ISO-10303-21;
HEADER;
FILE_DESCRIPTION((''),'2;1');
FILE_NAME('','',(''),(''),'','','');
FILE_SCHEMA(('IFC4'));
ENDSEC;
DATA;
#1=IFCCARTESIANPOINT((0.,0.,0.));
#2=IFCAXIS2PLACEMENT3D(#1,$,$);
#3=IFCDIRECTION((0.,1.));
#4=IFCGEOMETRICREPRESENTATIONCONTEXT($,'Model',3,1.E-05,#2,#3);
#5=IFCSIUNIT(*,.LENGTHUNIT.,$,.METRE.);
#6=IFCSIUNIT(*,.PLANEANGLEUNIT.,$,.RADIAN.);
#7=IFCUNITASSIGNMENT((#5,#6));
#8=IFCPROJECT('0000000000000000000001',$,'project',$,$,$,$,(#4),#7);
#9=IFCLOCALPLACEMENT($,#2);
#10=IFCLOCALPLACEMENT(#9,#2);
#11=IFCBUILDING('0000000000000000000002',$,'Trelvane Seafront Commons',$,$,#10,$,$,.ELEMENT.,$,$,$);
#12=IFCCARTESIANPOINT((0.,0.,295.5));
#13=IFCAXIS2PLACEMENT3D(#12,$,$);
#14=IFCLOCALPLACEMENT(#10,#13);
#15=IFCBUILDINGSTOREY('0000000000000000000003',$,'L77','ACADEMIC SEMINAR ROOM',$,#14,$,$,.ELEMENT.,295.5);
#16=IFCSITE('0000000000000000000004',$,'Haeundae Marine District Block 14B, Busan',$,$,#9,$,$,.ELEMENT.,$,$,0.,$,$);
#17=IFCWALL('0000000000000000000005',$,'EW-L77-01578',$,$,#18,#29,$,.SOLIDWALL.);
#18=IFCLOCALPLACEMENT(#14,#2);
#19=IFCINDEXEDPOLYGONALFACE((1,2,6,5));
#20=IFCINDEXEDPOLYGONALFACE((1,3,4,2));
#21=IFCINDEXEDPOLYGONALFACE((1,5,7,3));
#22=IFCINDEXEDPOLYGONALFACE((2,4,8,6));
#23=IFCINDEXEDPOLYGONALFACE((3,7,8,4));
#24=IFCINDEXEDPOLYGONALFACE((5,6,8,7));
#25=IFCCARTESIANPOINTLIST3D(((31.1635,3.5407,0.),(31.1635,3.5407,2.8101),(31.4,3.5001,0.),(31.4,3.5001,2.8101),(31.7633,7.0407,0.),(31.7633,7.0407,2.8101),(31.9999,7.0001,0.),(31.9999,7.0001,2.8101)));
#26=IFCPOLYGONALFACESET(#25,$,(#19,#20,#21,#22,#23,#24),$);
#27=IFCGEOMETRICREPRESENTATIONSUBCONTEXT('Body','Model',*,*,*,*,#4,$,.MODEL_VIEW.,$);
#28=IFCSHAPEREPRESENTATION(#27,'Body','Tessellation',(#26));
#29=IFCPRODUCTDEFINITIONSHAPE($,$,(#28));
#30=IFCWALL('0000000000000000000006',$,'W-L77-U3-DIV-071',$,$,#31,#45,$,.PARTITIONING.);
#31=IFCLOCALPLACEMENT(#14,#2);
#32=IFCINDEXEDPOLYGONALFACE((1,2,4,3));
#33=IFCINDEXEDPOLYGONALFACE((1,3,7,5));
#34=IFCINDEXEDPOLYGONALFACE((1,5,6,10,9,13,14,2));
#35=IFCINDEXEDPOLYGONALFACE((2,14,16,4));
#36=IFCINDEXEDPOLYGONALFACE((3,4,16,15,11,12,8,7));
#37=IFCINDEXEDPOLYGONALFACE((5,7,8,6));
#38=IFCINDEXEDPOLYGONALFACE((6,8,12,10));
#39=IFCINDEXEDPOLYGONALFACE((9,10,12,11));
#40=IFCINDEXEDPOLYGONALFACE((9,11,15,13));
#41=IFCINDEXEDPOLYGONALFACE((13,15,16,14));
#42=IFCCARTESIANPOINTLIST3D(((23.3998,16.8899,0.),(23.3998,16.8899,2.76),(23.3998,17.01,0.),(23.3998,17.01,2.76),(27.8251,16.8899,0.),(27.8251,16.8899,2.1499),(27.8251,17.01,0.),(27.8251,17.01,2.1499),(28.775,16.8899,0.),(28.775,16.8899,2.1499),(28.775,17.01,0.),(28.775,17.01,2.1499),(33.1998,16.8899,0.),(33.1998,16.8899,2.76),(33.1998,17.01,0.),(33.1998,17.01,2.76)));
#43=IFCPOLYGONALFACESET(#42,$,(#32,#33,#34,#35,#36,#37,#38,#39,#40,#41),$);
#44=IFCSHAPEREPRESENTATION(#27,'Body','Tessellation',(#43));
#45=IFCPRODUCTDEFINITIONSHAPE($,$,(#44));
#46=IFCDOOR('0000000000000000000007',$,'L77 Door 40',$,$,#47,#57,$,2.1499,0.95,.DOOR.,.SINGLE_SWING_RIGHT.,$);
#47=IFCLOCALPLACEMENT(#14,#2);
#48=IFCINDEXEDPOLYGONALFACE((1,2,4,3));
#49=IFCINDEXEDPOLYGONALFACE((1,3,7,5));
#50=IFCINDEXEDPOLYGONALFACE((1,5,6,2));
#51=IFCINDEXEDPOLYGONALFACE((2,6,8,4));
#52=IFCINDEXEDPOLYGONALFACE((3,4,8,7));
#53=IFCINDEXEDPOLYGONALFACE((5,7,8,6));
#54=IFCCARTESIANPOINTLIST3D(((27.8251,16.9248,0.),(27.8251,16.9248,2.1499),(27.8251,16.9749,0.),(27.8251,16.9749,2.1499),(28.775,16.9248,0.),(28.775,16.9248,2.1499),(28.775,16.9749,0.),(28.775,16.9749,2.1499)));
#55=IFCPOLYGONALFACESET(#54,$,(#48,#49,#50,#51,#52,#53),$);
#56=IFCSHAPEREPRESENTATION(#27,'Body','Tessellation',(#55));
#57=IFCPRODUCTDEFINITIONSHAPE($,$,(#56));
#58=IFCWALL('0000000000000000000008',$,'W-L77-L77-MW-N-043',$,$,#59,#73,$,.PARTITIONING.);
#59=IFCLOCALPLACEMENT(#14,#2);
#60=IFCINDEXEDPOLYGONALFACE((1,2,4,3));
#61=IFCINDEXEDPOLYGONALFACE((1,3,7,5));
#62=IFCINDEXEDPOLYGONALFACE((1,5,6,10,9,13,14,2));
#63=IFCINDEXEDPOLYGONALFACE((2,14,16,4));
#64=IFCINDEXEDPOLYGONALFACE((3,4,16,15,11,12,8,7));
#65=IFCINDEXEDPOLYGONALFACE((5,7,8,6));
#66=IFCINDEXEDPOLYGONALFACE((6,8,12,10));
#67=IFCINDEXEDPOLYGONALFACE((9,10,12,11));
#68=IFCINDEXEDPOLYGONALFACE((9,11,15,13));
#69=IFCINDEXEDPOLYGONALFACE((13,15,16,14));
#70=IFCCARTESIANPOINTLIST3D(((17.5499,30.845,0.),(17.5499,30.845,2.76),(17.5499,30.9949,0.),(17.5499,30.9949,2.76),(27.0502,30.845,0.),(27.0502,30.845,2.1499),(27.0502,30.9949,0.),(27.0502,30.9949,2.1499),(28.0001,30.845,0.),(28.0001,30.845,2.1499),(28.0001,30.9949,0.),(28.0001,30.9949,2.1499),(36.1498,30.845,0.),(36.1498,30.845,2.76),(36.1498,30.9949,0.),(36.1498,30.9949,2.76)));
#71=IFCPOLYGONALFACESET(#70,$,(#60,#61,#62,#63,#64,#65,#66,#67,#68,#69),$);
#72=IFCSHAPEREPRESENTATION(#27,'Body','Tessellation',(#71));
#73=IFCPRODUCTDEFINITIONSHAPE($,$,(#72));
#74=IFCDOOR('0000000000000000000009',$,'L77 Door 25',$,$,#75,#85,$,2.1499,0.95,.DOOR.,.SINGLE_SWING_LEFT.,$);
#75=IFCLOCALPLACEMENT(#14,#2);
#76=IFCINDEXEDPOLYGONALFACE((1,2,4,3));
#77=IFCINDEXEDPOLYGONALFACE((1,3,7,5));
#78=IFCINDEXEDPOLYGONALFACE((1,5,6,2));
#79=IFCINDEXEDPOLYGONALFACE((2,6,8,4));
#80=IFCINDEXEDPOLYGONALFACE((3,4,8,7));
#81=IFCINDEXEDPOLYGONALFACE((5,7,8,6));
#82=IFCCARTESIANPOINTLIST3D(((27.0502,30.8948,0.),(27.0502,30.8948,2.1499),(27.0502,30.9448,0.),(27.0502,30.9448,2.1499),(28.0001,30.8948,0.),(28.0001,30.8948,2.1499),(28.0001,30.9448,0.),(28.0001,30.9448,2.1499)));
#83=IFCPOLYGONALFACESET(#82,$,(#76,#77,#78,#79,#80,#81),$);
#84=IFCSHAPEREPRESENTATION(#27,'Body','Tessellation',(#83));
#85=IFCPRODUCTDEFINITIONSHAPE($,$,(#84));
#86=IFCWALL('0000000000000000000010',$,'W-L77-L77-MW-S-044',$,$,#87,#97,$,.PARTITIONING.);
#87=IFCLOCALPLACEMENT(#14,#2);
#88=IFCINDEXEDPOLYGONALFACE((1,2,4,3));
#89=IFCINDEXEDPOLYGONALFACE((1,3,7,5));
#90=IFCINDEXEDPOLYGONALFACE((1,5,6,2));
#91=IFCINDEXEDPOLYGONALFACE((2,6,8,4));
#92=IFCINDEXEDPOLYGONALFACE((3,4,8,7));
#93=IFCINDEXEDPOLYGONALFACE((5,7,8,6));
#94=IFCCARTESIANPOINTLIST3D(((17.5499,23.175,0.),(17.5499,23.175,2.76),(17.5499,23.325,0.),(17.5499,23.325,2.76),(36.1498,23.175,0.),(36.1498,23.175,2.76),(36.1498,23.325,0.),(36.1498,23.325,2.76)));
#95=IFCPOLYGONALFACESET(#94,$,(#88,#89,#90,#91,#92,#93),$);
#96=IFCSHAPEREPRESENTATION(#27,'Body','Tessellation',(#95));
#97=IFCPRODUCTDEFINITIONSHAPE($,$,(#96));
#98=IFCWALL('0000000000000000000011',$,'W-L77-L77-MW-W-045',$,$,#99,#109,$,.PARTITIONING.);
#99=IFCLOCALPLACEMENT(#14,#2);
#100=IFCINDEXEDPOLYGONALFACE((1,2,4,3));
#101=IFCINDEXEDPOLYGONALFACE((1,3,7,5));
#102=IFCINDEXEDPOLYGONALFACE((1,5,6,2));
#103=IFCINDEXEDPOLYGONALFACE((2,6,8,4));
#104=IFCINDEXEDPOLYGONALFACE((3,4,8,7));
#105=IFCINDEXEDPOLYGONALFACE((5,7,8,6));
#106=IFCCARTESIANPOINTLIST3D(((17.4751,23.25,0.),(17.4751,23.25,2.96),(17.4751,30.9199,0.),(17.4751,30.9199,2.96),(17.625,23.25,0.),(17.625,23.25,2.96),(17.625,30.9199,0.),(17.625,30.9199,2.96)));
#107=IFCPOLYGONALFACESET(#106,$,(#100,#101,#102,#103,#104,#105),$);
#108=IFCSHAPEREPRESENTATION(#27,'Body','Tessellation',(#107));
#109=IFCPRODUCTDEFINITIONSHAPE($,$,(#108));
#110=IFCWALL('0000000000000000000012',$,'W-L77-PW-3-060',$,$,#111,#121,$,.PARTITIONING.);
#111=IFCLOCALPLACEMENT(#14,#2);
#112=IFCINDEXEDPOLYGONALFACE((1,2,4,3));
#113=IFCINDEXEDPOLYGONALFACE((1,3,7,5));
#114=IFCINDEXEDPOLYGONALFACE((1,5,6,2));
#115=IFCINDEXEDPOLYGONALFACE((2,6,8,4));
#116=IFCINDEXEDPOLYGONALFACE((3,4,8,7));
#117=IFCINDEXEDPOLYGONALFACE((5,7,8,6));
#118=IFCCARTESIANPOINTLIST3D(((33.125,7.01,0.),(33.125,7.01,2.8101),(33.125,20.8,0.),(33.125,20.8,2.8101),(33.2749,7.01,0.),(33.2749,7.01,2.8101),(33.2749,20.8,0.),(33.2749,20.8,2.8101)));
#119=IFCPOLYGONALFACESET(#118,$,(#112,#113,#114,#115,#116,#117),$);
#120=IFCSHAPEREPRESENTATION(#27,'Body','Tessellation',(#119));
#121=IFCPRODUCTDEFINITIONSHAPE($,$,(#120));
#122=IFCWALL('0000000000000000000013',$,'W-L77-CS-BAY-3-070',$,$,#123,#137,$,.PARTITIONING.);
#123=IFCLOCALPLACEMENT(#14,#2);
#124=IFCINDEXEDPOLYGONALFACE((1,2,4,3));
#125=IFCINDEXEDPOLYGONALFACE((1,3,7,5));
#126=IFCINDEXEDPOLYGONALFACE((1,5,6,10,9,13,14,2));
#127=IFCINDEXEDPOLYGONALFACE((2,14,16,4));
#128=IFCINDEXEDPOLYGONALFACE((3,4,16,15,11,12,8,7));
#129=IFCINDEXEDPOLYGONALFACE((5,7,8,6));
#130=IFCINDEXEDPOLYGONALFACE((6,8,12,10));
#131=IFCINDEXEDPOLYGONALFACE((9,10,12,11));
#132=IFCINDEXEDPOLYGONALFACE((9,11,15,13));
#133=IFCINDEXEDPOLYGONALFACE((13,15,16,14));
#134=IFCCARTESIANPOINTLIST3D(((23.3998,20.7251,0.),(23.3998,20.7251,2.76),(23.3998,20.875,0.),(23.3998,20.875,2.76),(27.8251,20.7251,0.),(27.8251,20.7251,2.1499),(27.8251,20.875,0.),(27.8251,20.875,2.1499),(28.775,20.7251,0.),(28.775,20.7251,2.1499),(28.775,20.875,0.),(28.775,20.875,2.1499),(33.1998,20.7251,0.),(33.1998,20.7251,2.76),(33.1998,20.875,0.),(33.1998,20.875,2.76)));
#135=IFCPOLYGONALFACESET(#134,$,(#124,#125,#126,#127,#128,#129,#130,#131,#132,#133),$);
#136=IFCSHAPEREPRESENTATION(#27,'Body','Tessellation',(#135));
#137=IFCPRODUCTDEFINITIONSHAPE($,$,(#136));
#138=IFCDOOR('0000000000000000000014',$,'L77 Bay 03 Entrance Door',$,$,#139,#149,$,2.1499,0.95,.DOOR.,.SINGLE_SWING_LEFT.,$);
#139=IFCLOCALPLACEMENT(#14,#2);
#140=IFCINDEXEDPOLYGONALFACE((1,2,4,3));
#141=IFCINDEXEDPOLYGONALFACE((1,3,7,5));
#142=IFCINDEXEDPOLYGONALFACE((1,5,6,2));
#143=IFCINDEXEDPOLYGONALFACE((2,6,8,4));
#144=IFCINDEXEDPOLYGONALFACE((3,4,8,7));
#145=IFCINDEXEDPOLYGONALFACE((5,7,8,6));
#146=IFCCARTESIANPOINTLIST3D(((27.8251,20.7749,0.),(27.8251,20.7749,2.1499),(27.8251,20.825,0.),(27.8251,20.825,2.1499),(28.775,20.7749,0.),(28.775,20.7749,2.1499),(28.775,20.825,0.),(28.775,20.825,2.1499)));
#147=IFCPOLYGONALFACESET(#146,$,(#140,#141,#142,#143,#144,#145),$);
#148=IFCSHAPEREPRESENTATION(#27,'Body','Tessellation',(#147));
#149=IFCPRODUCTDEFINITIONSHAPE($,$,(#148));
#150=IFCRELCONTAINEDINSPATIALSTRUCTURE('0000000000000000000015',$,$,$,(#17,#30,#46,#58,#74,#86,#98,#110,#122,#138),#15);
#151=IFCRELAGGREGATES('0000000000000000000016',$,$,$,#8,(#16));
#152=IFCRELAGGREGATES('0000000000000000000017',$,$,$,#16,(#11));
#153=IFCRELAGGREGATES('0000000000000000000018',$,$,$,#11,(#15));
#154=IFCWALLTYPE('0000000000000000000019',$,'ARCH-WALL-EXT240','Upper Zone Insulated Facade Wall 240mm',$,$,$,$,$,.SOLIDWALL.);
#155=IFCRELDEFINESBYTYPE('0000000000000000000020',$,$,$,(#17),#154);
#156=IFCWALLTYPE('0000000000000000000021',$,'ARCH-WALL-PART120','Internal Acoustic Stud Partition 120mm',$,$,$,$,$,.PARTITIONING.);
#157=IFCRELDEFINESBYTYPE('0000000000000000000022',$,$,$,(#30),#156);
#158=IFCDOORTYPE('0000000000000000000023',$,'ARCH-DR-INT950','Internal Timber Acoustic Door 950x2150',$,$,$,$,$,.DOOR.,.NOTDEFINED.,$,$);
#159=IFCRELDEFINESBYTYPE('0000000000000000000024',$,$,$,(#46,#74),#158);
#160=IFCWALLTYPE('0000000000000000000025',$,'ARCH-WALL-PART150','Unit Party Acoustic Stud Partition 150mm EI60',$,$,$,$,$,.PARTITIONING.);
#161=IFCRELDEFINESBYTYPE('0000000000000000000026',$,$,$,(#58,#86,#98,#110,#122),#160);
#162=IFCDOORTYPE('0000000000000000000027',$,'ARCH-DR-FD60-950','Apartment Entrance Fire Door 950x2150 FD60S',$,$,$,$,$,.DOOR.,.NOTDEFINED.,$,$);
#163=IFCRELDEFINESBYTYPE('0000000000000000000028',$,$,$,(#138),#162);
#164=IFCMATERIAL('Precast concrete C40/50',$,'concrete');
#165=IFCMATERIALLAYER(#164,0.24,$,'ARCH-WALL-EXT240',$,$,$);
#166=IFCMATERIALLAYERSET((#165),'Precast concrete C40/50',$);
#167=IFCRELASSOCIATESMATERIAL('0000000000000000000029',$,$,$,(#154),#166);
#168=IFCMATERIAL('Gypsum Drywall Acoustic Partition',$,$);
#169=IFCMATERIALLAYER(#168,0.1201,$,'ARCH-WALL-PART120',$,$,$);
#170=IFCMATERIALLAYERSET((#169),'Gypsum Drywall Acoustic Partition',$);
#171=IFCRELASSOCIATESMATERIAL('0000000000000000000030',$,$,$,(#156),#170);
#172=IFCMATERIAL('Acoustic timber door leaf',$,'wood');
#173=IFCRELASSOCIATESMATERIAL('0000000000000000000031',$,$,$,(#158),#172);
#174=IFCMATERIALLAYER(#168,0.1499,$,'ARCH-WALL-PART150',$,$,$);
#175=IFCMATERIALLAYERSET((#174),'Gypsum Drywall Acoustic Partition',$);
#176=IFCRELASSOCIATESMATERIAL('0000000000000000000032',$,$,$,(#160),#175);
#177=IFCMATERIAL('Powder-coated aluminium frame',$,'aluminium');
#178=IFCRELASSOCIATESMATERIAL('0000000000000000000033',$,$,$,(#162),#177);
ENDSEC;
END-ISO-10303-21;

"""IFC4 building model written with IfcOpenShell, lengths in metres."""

from ifc_helpers import new_model, si_unit, direction, frame, frame_2d, origin, place, context, subcontext, project, spatial, rectangle, extrude, source, transform, mapped, material, layer, layer_set, type_object, element, fill, save


model = new_model("IFC4")

# Units and contexts
model_context = context("Model", 3, precision=1e-05, world=origin(), true_north=direction((0.0, 1.0)))
body_context = subcontext(model_context, "Body", "Model", "MODEL_VIEW")
ifc_project = project(units=[si_unit("LENGTHUNIT", "METRE"), si_unit("PLANEANGLEUNIT", "RADIAN")], contexts=[model_context])

# Site, building, storey
site_placement = place(None, origin())
site = spatial("IfcSite", under=ifc_project, at=site_placement, Name="Haeundae Marine District Block 14B, Busan", CompositionType="ELEMENT", RefElevation=0.0)
building_placement = place(site_placement, origin())
building = spatial("IfcBuilding", under=site, at=building_placement, Name="Trelvane Seafront Commons", CompositionType="ELEMENT")
storey_placement = place(building_placement, frame((0.0, 0.0, 295.5)))
storey = spatial("IfcBuildingStorey", under=building, at=storey_placement, Name="L77", Description="ACADEMIC SEMINAR ROOM", CompositionType="ELEMENT", Elevation=295.5)

# Wall
ifc_material_1 = material(Name="Precast concrete C40/50", Category="concrete")
ifc_layer_1 = layer(ifc_material_1, 0.24, Name="ARCH-WALL-EXT240")
ifc_layer_set_1 = layer_set([ifc_layer_1], Name="Precast concrete C40/50")
wall_type_1 = type_object("IfcWallType", Name="ARCH-WALL-EXT240", Description="Upper Zone Insulated Facade Wall 240mm", PredefinedType="SOLIDWALL", material=ifc_layer_set_1)
wall_1_placement = place(storey_placement, frame((31.8816, 7.0203, 0.0), z_axis=(0.0, 0.0, 1.0), x_axis=(-0.168924, -0.985629, 0.0)))
element("IfcWall", 1, at=wall_1_placement, inside=storey, type_object=wall_type_1, Name="EW-L77-01578", PredefinedType="SOLIDWALL", context=body_context, shape_type="SweptSolid", body=[
    extrude(rectangle(XDim=3.551, YDim=0.24, at=frame_2d((1.7754, 0.0))), origin(), (0.0, 0.0, 1.0), 2.8101),
])

# Walls, openings, doors
ifc_material_2 = material(Name="Gypsum Drywall Acoustic Partition")
ifc_layer_2 = layer(ifc_material_2, 0.1201, Name="ARCH-WALL-PART120")
ifc_layer_set_2 = layer_set([ifc_layer_2], Name="Gypsum Drywall Acoustic Partition")
wall_type_2 = type_object("IfcWallType", Name="ARCH-WALL-PART120", Description="Internal Acoustic Stud Partition 120mm", PredefinedType="PARTITIONING", material=ifc_layer_set_2)
wall_2_placement = place(storey_placement, frame((23.3999, 16.95, 0.0), z_axis=(0.0, 0.0, 1.0), x_axis=(1.0, 0.0, 0.0)))
wall_2 = element("IfcWall", 2, at=wall_2_placement, inside=storey, type_object=wall_type_2, Name="W-L77-U3-DIV-071", PredefinedType="PARTITIONING", context=body_context, shape_type="SweptSolid", body=[
    extrude(rectangle(XDim=9.8, YDim=0.1201, at=frame_2d((4.8999, 0.0))), origin(), (0.0, 0.0, 1.0), 2.76),
])
opening_1_placement = place(wall_2_placement, frame((4.425, 0.0, 0.0)))
opening_1 = element("IfcOpeningElement", 3, at=opening_1_placement, cuts=wall_2, PredefinedType="OPENING", context=body_context, shape_type="SweptSolid", body=[
    extrude(rectangle(XDim=0.95, YDim=2.1499, at=frame_2d((0.4751, 1.075))), frame((0.0, 0.0701, 0.0), z_axis=(0.0, -1.0, 0.0), x_axis=(1.0, 0.0, 0.0)), (0.0, 0.0, 1.0), 0.1401),
])
ifc_material_3 = material(Name="Acoustic timber door leaf", Category="wood")
door_type_1 = type_object("IfcDoorType", Name="ARCH-DR-INT950", Description="Internal Timber Acoustic Door 950x2150", OperationType="NOTDEFINED", PredefinedType="DOOR", material=ifc_material_3)
shared_shape_1 = source(origin(), body_context, "Body", "SweptSolid", [
    extrude(rectangle(XDim=0.95, YDim=2.1499, at=frame_2d((0.4751, 1.075))), frame((0.0, 0.0249, 0.0), z_axis=(0.0, -1.0, 0.0), x_axis=(1.0, 0.0, 0.0)), (0.0, 0.0, 1.0), 0.05),
])
door_1_placement = place(opening_1_placement, origin())
door_1 = element("IfcDoor", 4, at=door_1_placement, inside=storey, type_object=door_type_1, Name="L77 Door 40", OperationType="SINGLE_SWING_RIGHT", OverallHeight=2.1499, OverallWidth=0.95, PredefinedType="DOOR", context=body_context, shape_type="MappedRepresentation", body=[
    mapped(shared_shape_1, transform((0.0, 0.0, 0.0), x_axis=(1.0, 0.0, 0.0), y_axis=(0.0, 1.0, 0.0), z_axis=(0.0, 0.0, 1.0), scale=1.0)),
])
fill(opening_1, door_1)
ifc_layer_3 = layer(ifc_material_2, 0.1499, Name="ARCH-WALL-PART150")
ifc_layer_set_3 = layer_set([ifc_layer_3], Name="Gypsum Drywall Acoustic Partition")
wall_type_3 = type_object("IfcWallType", Name="ARCH-WALL-PART150", Description="Unit Party Acoustic Stud Partition 150mm EI60", PredefinedType="PARTITIONING", material=ifc_layer_set_3)
wall_3_placement = place(storey_placement, frame((17.55, 30.9199, 0.0), z_axis=(0.0, 0.0, 1.0), x_axis=(1.0, 0.0, 0.0)))
wall_3 = element("IfcWall", 5, at=wall_3_placement, inside=storey, type_object=wall_type_3, Name="W-L77-L77-MW-N-043", PredefinedType="PARTITIONING", context=body_context, shape_type="SweptSolid", body=[
    extrude(rectangle(XDim=18.5999, YDim=0.1499, at=frame_2d((9.2998, 0.0))), origin(), (0.0, 0.0, 1.0), 2.76),
])
opening_2_placement = place(wall_3_placement, frame((9.5, 0.0, 0.0)))
opening_2 = element("IfcOpeningElement", 6, at=opening_2_placement, cuts=wall_3, PredefinedType="OPENING", context=body_context, shape_type="SweptSolid", body=[
    extrude(rectangle(XDim=0.95, YDim=2.1499, at=frame_2d((0.4751, 1.075))), frame((0.0, 0.085, 0.0), z_axis=(0.0, -1.0, 0.0), x_axis=(1.0, 0.0, 0.0)), (0.0, 0.0, 1.0), 0.1699),
])
door_2_placement = place(opening_2_placement, origin())
door_2 = element("IfcDoor", 7, at=door_2_placement, inside=storey, type_object=door_type_1, Name="L77 Door 25", OperationType="SINGLE_SWING_LEFT", OverallHeight=2.1499, OverallWidth=0.95, PredefinedType="DOOR", context=body_context, shape_type="MappedRepresentation", body=[
    mapped(shared_shape_1, transform((0.0, 0.0, 0.0), x_axis=(1.0, 0.0, 0.0), y_axis=(0.0, 1.0, 0.0), z_axis=(0.0, 0.0, 1.0), scale=1.0)),
])
fill(opening_2, door_2)

# Walls
wall_4_placement = place(storey_placement, frame((17.55, 23.25, 0.0), z_axis=(0.0, 0.0, 1.0), x_axis=(1.0, 0.0, 0.0)))
element("IfcWall", 8, at=wall_4_placement, inside=storey, type_object=wall_type_3, Name="W-L77-L77-MW-S-044", PredefinedType="PARTITIONING", context=body_context, shape_type="SweptSolid", body=[
    extrude(rectangle(XDim=18.5999, YDim=0.1499, at=frame_2d((9.2998, 0.0))), origin(), (0.0, 0.0, 1.0), 2.76),
])
wall_5_placement = place(storey_placement, frame((17.55, 23.25, 0.0), z_axis=(0.0, 0.0, 1.0), x_axis=(0.0, 1.0, 0.0)))
element("IfcWall", 9, at=wall_5_placement, inside=storey, type_object=wall_type_3, Name="W-L77-L77-MW-W-045", PredefinedType="PARTITIONING", context=body_context, shape_type="SweptSolid", body=[
    extrude(rectangle(XDim=7.6699, YDim=0.1499, at=frame_2d((3.835, 0.0))), origin(), (0.0, 0.0, 1.0), 2.96),
])
wall_6_placement = place(storey_placement, frame((33.2, 7.01, 0.0), z_axis=(0.0, 0.0, 1.0), x_axis=(0.0, 1.0, 0.0)))
element("IfcWall", 10, at=wall_6_placement, inside=storey, type_object=wall_type_3, Name="W-L77-PW-3-060", PredefinedType="PARTITIONING", context=body_context, shape_type="SweptSolid", body=[
    extrude(rectangle(XDim=13.79, YDim=0.1499, at=frame_2d((6.895, 0.0))), origin(), (0.0, 0.0, 1.0), 2.8101),
])

# Wall, opening, door
wall_7_placement = place(storey_placement, frame((23.3999, 20.8, 0.0), z_axis=(0.0, 0.0, 1.0), x_axis=(1.0, 0.0, 0.0)))
wall_7 = element("IfcWall", 11, at=wall_7_placement, inside=storey, type_object=wall_type_3, Name="W-L77-CS-BAY-3-070", PredefinedType="PARTITIONING", context=body_context, shape_type="SweptSolid", body=[
    extrude(rectangle(XDim=9.8, YDim=0.1499, at=frame_2d((4.8999, 0.0))), origin(), (0.0, 0.0, 1.0), 2.76),
])
opening_3_placement = place(wall_7_placement, frame((4.425, 0.0, 0.0)))
opening_3 = element("IfcOpeningElement", 12, at=opening_3_placement, cuts=wall_7, PredefinedType="OPENING", context=body_context, shape_type="SweptSolid", body=[
    extrude(rectangle(XDim=0.95, YDim=2.1499, at=frame_2d((0.4751, 1.075))), frame((0.0, 0.085, 0.0), z_axis=(0.0, -1.0, 0.0), x_axis=(1.0, 0.0, 0.0)), (0.0, 0.0, 1.0), 0.1699),
])
ifc_material_4 = material(Name="Powder-coated aluminium frame", Category="aluminium")
door_type_2 = type_object("IfcDoorType", Name="ARCH-DR-FD60-950", Description="Apartment Entrance Fire Door 950x2150 FD60S", OperationType="NOTDEFINED", PredefinedType="DOOR", material=ifc_material_4)
door_3_placement = place(opening_3_placement, origin())
door_3 = element("IfcDoor", 13, at=door_3_placement, inside=storey, type_object=door_type_2, Name="L77 Bay 03 Entrance Door", OperationType="SINGLE_SWING_LEFT", OverallHeight=2.1499, OverallWidth=0.95, PredefinedType="DOOR", context=body_context, shape_type="MappedRepresentation", body=[
    mapped(shared_shape_1, transform((0.0, 0.0, 0.0), x_axis=(1.0, 0.0, 0.0), y_axis=(0.0, 1.0, 0.0), z_axis=(0.0, 0.0, 1.0), scale=1.0)),
])
fill(opening_3, door_3)

save(model, "model.ifc")
